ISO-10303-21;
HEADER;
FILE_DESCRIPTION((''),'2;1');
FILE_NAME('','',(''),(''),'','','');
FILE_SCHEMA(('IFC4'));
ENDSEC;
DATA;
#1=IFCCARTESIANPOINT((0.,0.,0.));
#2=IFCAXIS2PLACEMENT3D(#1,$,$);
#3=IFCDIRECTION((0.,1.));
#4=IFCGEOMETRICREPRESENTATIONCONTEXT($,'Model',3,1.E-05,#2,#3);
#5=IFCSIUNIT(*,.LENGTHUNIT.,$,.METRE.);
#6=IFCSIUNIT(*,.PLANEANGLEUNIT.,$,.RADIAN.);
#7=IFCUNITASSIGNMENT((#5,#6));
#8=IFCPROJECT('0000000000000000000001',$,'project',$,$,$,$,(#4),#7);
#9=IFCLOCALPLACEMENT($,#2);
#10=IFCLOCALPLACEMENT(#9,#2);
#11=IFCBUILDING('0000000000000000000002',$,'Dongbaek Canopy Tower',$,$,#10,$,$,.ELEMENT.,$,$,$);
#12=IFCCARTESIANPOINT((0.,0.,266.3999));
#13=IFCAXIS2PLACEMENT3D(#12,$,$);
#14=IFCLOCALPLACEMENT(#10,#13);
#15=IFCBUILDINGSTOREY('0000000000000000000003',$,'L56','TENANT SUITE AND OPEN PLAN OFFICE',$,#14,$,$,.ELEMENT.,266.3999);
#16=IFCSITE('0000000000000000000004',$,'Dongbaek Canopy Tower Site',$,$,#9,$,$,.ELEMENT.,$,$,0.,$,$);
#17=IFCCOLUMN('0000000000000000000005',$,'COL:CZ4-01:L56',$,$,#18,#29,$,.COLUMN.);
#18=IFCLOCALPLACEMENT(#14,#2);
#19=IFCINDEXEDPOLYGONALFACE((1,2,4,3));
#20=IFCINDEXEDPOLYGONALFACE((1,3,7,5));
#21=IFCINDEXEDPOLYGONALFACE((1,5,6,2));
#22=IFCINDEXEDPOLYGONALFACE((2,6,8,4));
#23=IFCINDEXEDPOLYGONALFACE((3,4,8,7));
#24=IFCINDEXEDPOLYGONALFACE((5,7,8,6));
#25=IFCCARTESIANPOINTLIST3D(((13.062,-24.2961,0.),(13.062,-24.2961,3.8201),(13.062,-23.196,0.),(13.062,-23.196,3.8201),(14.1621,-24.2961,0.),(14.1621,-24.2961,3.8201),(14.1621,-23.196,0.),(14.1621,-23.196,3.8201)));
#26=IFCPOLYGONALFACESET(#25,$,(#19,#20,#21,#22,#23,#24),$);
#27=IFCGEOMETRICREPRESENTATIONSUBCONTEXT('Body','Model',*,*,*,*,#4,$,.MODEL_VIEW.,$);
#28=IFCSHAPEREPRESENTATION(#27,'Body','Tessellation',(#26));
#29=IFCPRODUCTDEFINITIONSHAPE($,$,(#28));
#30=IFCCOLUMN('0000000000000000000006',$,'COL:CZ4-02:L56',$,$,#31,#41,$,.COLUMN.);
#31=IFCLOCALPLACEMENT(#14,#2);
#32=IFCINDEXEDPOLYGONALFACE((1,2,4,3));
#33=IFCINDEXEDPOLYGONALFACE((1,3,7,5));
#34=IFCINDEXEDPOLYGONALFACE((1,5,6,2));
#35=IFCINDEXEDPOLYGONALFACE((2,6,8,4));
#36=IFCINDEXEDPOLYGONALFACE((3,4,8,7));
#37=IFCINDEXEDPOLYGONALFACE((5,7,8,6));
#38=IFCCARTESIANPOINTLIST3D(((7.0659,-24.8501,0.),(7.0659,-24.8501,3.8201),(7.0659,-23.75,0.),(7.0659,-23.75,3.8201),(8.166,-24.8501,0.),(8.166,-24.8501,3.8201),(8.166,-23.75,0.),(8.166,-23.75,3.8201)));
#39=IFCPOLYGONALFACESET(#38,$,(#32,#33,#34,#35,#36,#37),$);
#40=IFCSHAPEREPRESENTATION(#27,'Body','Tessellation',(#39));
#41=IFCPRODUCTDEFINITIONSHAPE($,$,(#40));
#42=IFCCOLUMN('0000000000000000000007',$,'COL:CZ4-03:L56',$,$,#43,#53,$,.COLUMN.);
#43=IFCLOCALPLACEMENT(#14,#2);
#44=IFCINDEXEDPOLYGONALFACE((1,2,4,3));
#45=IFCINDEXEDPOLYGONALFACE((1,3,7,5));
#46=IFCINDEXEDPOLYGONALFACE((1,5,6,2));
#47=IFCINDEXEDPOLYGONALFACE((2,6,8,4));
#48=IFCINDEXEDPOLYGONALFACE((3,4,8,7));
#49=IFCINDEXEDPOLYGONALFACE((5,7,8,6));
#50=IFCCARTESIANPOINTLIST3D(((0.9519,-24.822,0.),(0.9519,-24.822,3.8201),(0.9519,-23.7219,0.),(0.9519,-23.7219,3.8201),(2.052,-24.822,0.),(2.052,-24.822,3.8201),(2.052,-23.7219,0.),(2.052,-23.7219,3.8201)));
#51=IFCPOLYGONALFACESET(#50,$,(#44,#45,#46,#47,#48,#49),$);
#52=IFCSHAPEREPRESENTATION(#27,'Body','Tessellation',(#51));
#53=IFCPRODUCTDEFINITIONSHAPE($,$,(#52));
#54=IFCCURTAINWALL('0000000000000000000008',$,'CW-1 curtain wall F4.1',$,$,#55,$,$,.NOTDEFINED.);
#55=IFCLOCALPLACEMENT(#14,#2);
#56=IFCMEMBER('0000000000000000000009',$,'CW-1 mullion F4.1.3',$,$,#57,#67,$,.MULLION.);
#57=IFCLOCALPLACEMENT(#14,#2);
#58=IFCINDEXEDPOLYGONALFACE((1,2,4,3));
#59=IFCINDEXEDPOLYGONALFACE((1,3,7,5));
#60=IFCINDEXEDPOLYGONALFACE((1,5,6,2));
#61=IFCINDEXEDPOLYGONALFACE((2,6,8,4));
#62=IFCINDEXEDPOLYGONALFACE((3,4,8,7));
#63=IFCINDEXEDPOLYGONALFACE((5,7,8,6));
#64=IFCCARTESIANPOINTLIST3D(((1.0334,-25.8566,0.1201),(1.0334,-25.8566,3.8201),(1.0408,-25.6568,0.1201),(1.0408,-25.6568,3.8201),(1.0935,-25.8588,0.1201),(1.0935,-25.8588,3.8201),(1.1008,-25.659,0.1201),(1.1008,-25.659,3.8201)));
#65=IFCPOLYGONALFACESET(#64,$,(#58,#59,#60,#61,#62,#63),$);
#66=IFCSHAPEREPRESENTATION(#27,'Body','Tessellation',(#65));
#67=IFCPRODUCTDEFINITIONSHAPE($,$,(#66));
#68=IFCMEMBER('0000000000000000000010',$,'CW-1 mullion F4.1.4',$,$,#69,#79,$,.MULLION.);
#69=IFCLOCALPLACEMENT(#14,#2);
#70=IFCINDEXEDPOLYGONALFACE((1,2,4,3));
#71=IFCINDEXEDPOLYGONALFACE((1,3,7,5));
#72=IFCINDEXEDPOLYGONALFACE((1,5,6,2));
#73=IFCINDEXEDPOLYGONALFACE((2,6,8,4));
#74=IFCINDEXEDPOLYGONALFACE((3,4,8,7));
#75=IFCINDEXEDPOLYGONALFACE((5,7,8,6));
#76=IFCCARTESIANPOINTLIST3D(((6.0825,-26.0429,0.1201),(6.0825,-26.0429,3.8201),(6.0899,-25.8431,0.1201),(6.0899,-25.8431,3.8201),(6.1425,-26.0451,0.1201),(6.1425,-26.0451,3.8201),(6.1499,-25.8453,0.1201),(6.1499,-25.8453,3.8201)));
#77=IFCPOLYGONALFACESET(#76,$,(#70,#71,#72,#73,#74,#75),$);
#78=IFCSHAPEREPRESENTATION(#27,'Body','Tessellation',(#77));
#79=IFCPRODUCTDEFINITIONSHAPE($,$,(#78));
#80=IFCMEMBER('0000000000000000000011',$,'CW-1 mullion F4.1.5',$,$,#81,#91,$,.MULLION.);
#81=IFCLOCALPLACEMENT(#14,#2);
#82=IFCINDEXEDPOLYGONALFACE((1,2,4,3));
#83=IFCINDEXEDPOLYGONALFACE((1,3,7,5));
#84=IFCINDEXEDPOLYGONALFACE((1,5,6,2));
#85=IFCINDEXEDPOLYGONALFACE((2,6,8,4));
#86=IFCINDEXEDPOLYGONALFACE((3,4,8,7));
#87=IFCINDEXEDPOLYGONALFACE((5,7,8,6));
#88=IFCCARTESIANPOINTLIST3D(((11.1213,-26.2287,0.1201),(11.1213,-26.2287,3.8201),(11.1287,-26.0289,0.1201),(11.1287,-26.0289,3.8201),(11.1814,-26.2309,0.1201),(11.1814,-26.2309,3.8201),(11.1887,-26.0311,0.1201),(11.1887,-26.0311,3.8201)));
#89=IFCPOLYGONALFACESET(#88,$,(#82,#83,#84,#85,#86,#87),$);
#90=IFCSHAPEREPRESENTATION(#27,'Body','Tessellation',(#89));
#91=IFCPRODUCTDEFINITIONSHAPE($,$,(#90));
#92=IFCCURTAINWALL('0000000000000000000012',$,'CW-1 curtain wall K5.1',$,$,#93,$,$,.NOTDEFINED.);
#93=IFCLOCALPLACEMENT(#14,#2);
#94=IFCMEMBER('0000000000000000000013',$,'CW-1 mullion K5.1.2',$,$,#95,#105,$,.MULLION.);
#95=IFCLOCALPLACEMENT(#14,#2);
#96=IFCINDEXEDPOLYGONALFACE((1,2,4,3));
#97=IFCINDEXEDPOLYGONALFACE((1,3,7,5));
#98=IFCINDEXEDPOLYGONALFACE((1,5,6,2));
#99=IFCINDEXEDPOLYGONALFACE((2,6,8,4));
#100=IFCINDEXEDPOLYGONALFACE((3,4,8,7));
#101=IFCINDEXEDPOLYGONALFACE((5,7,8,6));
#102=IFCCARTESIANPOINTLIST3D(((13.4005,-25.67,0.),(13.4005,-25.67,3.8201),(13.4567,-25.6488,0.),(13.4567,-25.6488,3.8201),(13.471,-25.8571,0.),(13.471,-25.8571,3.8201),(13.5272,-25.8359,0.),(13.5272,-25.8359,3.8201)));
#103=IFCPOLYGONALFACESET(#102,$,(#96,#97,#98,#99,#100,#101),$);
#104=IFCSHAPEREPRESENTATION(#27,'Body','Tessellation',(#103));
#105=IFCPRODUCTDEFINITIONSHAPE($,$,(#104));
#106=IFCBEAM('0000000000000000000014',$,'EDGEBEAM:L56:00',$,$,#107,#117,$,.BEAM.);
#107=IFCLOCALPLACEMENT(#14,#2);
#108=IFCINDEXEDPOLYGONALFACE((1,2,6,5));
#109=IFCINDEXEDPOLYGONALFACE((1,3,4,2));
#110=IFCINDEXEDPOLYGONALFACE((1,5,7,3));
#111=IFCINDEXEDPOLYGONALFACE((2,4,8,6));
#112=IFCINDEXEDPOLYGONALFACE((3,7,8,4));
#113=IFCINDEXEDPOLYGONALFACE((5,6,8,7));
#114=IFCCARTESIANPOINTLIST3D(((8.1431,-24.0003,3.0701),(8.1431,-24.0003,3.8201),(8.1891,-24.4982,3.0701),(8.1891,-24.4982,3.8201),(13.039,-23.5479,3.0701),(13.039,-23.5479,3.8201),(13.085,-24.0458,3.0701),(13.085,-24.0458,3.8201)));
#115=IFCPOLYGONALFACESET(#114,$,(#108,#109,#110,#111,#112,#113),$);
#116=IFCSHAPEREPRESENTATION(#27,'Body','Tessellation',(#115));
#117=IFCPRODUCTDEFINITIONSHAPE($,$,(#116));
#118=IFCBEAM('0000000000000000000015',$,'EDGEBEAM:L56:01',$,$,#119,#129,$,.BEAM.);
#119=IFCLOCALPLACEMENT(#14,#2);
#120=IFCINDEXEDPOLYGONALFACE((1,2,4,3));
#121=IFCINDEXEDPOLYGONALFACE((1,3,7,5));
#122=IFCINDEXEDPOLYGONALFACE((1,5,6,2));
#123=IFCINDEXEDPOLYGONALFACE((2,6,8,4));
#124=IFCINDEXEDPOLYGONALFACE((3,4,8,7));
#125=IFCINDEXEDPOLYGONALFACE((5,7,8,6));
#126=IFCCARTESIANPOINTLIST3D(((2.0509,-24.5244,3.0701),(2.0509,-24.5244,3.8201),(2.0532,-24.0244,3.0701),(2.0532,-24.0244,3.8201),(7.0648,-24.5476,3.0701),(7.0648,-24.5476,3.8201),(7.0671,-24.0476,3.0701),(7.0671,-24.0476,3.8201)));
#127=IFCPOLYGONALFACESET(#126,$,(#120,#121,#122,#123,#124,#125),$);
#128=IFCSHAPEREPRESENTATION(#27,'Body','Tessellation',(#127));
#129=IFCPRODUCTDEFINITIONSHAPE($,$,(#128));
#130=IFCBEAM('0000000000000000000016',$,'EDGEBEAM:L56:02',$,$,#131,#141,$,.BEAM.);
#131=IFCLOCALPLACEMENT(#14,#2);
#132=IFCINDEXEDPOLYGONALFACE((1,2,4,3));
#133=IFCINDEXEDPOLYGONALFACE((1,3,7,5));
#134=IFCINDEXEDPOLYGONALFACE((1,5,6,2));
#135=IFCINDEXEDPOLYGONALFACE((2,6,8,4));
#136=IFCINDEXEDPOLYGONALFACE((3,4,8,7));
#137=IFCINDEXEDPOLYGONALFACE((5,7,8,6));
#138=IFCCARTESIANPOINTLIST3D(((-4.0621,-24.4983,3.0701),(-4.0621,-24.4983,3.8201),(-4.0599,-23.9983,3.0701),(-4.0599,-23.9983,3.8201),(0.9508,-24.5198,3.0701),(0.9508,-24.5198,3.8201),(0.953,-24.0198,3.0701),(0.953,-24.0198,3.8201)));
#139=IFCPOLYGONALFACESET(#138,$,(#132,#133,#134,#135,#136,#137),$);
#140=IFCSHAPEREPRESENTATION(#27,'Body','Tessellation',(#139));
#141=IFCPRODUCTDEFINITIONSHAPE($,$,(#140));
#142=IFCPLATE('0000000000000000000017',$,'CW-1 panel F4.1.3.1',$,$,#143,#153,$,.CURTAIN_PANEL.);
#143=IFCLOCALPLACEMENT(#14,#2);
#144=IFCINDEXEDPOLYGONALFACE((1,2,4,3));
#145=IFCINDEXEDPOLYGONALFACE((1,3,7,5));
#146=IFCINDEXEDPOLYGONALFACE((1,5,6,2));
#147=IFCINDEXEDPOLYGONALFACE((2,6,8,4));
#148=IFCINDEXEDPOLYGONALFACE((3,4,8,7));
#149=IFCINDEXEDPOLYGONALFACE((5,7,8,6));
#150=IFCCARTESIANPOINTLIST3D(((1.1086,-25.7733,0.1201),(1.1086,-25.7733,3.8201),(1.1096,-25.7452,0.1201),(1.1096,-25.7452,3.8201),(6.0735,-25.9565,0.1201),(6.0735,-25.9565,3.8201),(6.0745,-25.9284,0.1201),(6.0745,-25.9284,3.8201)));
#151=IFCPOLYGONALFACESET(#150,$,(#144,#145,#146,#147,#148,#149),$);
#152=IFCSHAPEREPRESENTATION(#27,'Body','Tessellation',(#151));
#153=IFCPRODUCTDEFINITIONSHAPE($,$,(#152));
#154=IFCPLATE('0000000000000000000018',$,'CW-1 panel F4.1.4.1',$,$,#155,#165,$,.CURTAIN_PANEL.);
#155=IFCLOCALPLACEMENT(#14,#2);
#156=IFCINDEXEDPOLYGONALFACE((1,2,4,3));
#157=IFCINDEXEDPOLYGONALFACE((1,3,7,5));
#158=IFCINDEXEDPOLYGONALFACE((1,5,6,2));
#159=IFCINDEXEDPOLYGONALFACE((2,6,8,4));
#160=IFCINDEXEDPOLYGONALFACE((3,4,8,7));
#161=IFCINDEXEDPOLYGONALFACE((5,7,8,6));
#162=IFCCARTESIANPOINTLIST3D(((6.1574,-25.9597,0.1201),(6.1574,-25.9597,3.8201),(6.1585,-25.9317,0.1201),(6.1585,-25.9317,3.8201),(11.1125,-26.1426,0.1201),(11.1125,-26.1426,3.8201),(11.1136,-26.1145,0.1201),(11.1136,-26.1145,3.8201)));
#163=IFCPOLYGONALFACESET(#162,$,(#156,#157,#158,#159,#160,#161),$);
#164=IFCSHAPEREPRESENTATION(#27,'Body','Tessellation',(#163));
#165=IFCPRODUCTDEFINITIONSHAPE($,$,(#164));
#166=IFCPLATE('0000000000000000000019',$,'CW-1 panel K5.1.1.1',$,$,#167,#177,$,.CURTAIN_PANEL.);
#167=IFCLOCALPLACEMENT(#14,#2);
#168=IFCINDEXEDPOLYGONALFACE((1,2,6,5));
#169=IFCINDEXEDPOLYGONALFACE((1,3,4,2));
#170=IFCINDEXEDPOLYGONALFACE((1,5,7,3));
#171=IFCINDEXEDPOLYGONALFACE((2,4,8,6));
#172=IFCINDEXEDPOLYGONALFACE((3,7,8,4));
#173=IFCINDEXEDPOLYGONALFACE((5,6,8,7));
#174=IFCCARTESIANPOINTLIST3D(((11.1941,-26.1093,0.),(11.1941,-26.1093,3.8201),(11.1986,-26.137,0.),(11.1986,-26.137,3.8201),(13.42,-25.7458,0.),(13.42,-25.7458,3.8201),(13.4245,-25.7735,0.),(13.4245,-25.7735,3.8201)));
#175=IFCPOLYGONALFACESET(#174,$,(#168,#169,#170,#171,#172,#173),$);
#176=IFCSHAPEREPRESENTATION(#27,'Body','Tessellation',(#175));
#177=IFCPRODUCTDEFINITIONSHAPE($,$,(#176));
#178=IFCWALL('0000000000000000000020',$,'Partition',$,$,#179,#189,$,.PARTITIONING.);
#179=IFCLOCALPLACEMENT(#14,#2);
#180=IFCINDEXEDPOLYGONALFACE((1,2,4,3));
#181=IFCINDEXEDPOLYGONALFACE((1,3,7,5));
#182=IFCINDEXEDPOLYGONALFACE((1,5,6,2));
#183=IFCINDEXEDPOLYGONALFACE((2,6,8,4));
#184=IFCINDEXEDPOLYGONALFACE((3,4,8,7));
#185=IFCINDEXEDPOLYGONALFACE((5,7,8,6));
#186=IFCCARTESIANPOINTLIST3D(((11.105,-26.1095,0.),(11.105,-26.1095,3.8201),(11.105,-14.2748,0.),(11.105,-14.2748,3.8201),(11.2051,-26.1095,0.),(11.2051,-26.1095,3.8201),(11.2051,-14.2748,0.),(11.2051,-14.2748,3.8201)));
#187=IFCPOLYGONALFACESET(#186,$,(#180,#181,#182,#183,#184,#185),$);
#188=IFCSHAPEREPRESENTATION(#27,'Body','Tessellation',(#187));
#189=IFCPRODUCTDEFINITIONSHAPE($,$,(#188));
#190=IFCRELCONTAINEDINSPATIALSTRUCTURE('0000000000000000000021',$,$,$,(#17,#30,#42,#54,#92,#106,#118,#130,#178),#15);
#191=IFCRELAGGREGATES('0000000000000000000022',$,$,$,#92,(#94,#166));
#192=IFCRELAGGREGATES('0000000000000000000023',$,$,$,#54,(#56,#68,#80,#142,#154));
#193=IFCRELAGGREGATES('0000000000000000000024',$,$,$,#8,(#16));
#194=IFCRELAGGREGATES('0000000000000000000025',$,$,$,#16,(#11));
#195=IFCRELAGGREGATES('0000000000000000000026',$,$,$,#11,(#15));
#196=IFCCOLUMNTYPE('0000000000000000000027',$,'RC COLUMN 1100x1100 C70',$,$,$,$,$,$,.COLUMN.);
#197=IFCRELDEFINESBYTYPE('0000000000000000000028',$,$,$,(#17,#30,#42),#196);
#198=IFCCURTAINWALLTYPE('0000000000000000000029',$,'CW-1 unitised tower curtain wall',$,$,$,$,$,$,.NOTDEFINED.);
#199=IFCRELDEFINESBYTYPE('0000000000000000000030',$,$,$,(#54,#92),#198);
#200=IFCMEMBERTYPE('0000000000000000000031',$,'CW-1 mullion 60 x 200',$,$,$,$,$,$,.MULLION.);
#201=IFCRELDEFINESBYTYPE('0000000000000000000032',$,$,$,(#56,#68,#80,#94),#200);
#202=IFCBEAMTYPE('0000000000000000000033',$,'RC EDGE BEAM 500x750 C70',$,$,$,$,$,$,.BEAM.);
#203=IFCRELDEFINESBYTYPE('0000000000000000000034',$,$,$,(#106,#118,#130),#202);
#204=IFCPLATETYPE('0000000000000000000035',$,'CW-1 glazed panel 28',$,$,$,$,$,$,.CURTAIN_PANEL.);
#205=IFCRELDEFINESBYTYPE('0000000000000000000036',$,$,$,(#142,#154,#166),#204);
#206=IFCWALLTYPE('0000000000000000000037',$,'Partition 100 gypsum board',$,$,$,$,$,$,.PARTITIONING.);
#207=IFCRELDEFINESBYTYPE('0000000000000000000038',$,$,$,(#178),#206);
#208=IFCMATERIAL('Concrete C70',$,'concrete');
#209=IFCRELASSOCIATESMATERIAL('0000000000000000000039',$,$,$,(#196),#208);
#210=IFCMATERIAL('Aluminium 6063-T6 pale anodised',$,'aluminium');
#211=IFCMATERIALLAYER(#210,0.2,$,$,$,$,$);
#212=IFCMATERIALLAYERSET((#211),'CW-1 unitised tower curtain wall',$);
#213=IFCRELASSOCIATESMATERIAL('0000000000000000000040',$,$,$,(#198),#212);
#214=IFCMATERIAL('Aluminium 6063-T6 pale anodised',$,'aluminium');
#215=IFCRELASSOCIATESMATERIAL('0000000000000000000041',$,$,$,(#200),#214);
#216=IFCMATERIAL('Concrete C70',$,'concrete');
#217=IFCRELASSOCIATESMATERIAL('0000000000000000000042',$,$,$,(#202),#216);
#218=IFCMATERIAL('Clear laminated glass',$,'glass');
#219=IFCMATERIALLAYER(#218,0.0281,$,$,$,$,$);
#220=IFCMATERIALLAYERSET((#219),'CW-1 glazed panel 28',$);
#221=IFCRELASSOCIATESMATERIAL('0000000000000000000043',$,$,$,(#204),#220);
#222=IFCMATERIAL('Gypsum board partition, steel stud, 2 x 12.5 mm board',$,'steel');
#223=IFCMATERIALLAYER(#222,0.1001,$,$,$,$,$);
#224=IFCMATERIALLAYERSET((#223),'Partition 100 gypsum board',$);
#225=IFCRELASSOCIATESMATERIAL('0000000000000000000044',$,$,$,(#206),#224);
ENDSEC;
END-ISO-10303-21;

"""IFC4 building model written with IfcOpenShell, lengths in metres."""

from ifc_helpers import new_model, si_unit, direction, frame, frame_2d, origin, origin_2d, place, context, subcontext, project, spatial, rectangle, extrude, material, layer, layer_set, material_profile, profile_set, type_object, element, aggregate, save


model = new_model("IFC4")

# Units and contexts
model_context = context("Model", 3, precision=1e-05, world=origin(), true_north=direction((0.0, 1.0)))
body_context = subcontext(model_context, "Body", "Model", "MODEL_VIEW")
ifc_project = project(units=[si_unit("LENGTHUNIT", "METRE"), si_unit("PLANEANGLEUNIT", "RADIAN")], contexts=[model_context])

# Site, building, storey
site_placement = place(None, origin())
site = spatial("IfcSite", under=ifc_project, at=site_placement, Name="Dongbaek Canopy Tower Site", CompositionType="ELEMENT", RefElevation=0.0)
building_placement = place(site_placement, origin())
building = spatial("IfcBuilding", under=site, at=building_placement, Name="Dongbaek Canopy Tower", CompositionType="ELEMENT")
storey_placement = place(building_placement, frame((0.0, 0.0, 266.3999)))
storey = spatial("IfcBuildingStorey", under=building, at=storey_placement, Name="L56", Description="TENANT SUITE AND OPEN PLAN OFFICE", CompositionType="ELEMENT", Elevation=266.3999)

# Columns
ifc_material_1 = material(Name="Concrete C70", Category="concrete")
ifc_material_profile_1 = material_profile(ifc_material_1, rectangle(XDim=1.1001, YDim=1.1001, at=origin_2d()), Name="RC COLUMN 1100x1100 C70")
ifc_profile_set_1 = profile_set([ifc_material_profile_1], Name="Concrete C70")
column_type = type_object("IfcColumnType", Name="RC COLUMN 1100x1100 C70", PredefinedType="COLUMN", material=ifc_profile_set_1)
for number, where, z_axis, x_axis, name in (
    (1, (13.6121, -23.7461, 0.0), (0.0, 0.0, 1.0), (1.0, 0.0, 0.0), "COL:CZ4-01:L56"),
    (2, (7.616, -24.3, 0.0), (0.0, 0.0, 1.0), (1.0, 0.0, 0.0), "COL:CZ4-02:L56"),
    (3, (1.502, -24.272, 0.0), (0.0, 0.0, 1.0), (1.0, 0.0, 0.0), "COL:CZ4-03:L56"),
):
    element("IfcColumn", number, at=place(storey_placement, frame(where, z_axis=z_axis, x_axis=x_axis)), inside=storey, type_object=column_type, Name=name, PredefinedType="COLUMN", context=body_context, shape_type="SweptSolid", body=[
        extrude(rectangle(XDim=1.1001, YDim=1.1001, at=origin_2d()), origin(), (0.0, 0.0, 1.0), 3.8201),
    ])

# Curtain wall, members
ifc_material_2 = material(Name="Aluminium 6063-T6 pale anodised", Category="aluminium")
ifc_layer_1 = layer(ifc_material_2, 0.2)
ifc_layer_set_1 = layer_set([ifc_layer_1], Name="CW-1 unitised tower curtain wall")
curtain_wall_type = type_object("IfcCurtainWallType", Name="CW-1 unitised tower curtain wall", PredefinedType="NOTDEFINED", material=ifc_layer_set_1)
curtain_wall_1_placement = place(storey_placement, origin())
curtain_wall_1 = element("IfcCurtainWall", 4, at=curtain_wall_1_placement, inside=storey, type_object=curtain_wall_type, Name="CW-1 curtain wall F4.1", PredefinedType="NOTDEFINED")
ifc_material_3 = material(Name="Aluminium 6063-T6 pale anodised", Category="aluminium")
ifc_material_profile_2 = material_profile(ifc_material_3, rectangle(XDim=0.2, YDim=0.0601, at=origin_2d()), Name="CW-1 mullion 60 x 200")
ifc_profile_set_2 = profile_set([ifc_material_profile_2], Name="Aluminium 6063-T6 pale anodised")
member_type = type_object("IfcMemberType", Name="CW-1 mullion 60 x 200", PredefinedType="MULLION", material=ifc_profile_set_2)
member_1_placement = place(storey_placement, frame((1.0671, -25.7578, 0.1201), z_axis=(0.0, 0.0, 1.0), x_axis=(-0.036874, -0.99932, 0.0)))
member_1 = element("IfcMember", 5, at=member_1_placement, type_object=member_type, Name="CW-1 mullion F4.1.3", PredefinedType="MULLION", context=body_context, shape_type="SweptSolid", body=[
    extrude(rectangle(XDim=0.2, YDim=0.0601, at=origin_2d()), origin(), (0.0, 0.0, 1.0), 3.7),
])
member_2_placement = place(storey_placement, frame((6.1162, -25.9441, 0.1201), z_axis=(0.0, 0.0, 1.0), x_axis=(-0.036874, -0.99932, 0.0)))
member_2 = element("IfcMember", 6, at=member_2_placement, type_object=member_type, Name="CW-1 mullion F4.1.4", PredefinedType="MULLION", context=body_context, shape_type="SweptSolid", body=[
    extrude(rectangle(XDim=0.2, YDim=0.0601, at=origin_2d()), origin(), (0.0, 0.0, 1.0), 3.7),
])
member_3_placement = place(storey_placement, frame((11.155, -26.1299, 0.1201), z_axis=(0.0, 0.0, 1.0), x_axis=(-0.036874, -0.99932, 0.0)))
member_3 = element("IfcMember", 7, at=member_3_placement, type_object=member_type, Name="CW-1 mullion F4.1.5", PredefinedType="MULLION", context=body_context, shape_type="SweptSolid", body=[
    extrude(rectangle(XDim=0.2, YDim=0.0601, at=origin_2d()), origin(), (0.0, 0.0, 1.0), 3.7),
])

# Curtain wall, member
curtain_wall_2_placement = place(storey_placement, origin())
curtain_wall_2 = element("IfcCurtainWall", 8, at=curtain_wall_2_placement, inside=storey, type_object=curtain_wall_type, Name="CW-1 curtain wall K5.1", PredefinedType="NOTDEFINED")
member_4_placement = place(storey_placement, frame((13.4639, -25.7529, 0.0), z_axis=(0.0, 0.0, 1.0), x_axis=(0.352875, -0.935671, 0.0)))
member_4 = element("IfcMember", 9, at=member_4_placement, type_object=member_type, Name="CW-1 mullion K5.1.2", PredefinedType="MULLION", context=body_context, shape_type="SweptSolid", body=[
    extrude(rectangle(XDim=0.2, YDim=0.0601, at=origin_2d()), origin(), (0.0, 0.0, 1.0), 3.8201),
])

# Beams
ifc_material_4 = material(Name="Concrete C70", Category="concrete")
ifc_material_profile_3 = material_profile(ifc_material_4, rectangle(XDim=0.5, YDim=0.75, at=origin_2d()), Name="RC EDGE BEAM 500x750 C70")
ifc_profile_set_3 = profile_set([ifc_material_profile_3], Name="Concrete C70")
beam_type = type_object("IfcBeamType", Name="RC EDGE BEAM 500x750 C70", PredefinedType="BEAM", material=ifc_profile_set_3)
beam_1_placement = place(storey_placement, frame((13.062, -23.7969, 3.4451), z_axis=(-0.995758, -0.092009, 0.0), x_axis=(0.092009, -0.995758, 0.0)))
element("IfcBeam", 10, at=beam_1_placement, inside=storey, type_object=beam_type, Name="EDGEBEAM:L56:00", PredefinedType="BEAM", context=body_context, shape_type="SweptSolid", body=[
    extrude(rectangle(XDim=0.5, YDim=0.75, at=origin_2d()), origin(), (0.0, 0.0, 1.0), 4.9167),
])
beam_2_placement = place(storey_placement, frame((7.0659, -24.2976, 3.4451), z_axis=(-0.999989, 0.004626, 0.0), x_axis=(-0.004626, -0.999989, 0.0)))
element("IfcBeam", 11, at=beam_2_placement, inside=storey, type_object=beam_type, Name="EDGEBEAM:L56:01", PredefinedType="BEAM", context=body_context, shape_type="SweptSolid", body=[
    extrude(rectangle(XDim=0.5, YDim=0.75, at=origin_2d()), origin(), (0.0, 0.0, 1.0), 5.0139),
])
beam_3_placement = place(storey_placement, frame((0.9519, -24.2698, 3.4451), z_axis=(-0.999991, 0.004286, 0.0), x_axis=(-0.004286, -0.999991, 0.0)))
element("IfcBeam", 12, at=beam_3_placement, inside=storey, type_object=beam_type, Name="EDGEBEAM:L56:02", PredefinedType="BEAM", context=body_context, shape_type="SweptSolid", body=[
    extrude(rectangle(XDim=0.5, YDim=0.75, at=origin_2d()), origin(), (0.0, 0.0, 1.0), 5.0129),
])

# Plates
ifc_material_5 = material(Name="Clear laminated glass", Category="glass")
ifc_layer_2 = layer(ifc_material_5, 0.0281)
ifc_layer_set_2 = layer_set([ifc_layer_2], Name="CW-1 glazed panel 28")
plate_type = type_object("IfcPlateType", Name="CW-1 glazed panel 28", PredefinedType="CURTAIN_PANEL", material=ifc_layer_set_2)
plate_1_placement = place(storey_placement, frame((3.5916, -25.8508, 0.1201), z_axis=(0.0, 0.0, 1.0), x_axis=(0.99932, -0.036874, 0.0)))
plate_1 = element("IfcPlate", 13, at=plate_1_placement, type_object=plate_type, Name="CW-1 panel F4.1.3.1", PredefinedType="CURTAIN_PANEL", context=body_context, shape_type="SweptSolid", body=[
    extrude(rectangle(XDim=4.9683, YDim=0.0281, at=origin_2d()), origin(), (0.0, 0.0, 1.0), 3.7),
])
plate_2_placement = place(storey_placement, frame((8.6355, -26.0371, 0.1201), z_axis=(0.0, 0.0, 1.0), x_axis=(0.99932, -0.036874, 0.0)))
plate_2 = element("IfcPlate", 14, at=plate_2_placement, type_object=plate_type, Name="CW-1 panel F4.1.4.1", PredefinedType="CURTAIN_PANEL", context=body_context, shape_type="SweptSolid", body=[
    extrude(rectangle(XDim=4.9585, YDim=0.0281, at=origin_2d()), origin(), (0.0, 0.0, 1.0), 3.7),
])
plate_3_placement = place(storey_placement, frame((12.3093, -25.9414, 0.0), z_axis=(0.0, 0.0, 1.0), x_axis=(0.986926, 0.161174, 0.0)))
plate_3 = element("IfcPlate", 15, at=plate_3_placement, type_object=plate_type, Name="CW-1 panel K5.1.1.1", PredefinedType="CURTAIN_PANEL", context=body_context, shape_type="SweptSolid", body=[
    extrude(rectangle(XDim=2.2554, YDim=0.0281, at=origin_2d()), origin(), (0.0, 0.0, 1.0), 3.8201),
])
aggregate(curtain_wall_2, [member_4, plate_3])

# Wall
ifc_material_6 = material(Name="Gypsum board partition, steel stud, 2 x 12.5 mm board", Category="steel")
ifc_layer_3 = layer(ifc_material_6, 0.1001)
ifc_layer_set_3 = layer_set([ifc_layer_3], Name="Partition 100 gypsum board")
wall_type = type_object("IfcWallType", Name="Partition 100 gypsum board", PredefinedType="PARTITIONING", material=ifc_layer_set_3)
wall_placement = place(storey_placement, frame((11.155, -26.1096, 0.0), z_axis=(0.0, 0.0, 1.0), x_axis=(0.0, 1.0, 0.0)))
element("IfcWall", 16, at=wall_placement, inside=storey, type_object=wall_type, Name="Partition", PredefinedType="PARTITIONING", context=body_context, shape_type="SweptSolid", body=[
    extrude(rectangle(XDim=11.8347, YDim=0.1001, at=frame_2d((5.9175, 0.0))), origin(), (0.0, 0.0, 1.0), 3.8201),
])

aggregate(curtain_wall_1, [member_1, member_2, member_3, plate_1, plate_2])

save(model, "model.ifc")
